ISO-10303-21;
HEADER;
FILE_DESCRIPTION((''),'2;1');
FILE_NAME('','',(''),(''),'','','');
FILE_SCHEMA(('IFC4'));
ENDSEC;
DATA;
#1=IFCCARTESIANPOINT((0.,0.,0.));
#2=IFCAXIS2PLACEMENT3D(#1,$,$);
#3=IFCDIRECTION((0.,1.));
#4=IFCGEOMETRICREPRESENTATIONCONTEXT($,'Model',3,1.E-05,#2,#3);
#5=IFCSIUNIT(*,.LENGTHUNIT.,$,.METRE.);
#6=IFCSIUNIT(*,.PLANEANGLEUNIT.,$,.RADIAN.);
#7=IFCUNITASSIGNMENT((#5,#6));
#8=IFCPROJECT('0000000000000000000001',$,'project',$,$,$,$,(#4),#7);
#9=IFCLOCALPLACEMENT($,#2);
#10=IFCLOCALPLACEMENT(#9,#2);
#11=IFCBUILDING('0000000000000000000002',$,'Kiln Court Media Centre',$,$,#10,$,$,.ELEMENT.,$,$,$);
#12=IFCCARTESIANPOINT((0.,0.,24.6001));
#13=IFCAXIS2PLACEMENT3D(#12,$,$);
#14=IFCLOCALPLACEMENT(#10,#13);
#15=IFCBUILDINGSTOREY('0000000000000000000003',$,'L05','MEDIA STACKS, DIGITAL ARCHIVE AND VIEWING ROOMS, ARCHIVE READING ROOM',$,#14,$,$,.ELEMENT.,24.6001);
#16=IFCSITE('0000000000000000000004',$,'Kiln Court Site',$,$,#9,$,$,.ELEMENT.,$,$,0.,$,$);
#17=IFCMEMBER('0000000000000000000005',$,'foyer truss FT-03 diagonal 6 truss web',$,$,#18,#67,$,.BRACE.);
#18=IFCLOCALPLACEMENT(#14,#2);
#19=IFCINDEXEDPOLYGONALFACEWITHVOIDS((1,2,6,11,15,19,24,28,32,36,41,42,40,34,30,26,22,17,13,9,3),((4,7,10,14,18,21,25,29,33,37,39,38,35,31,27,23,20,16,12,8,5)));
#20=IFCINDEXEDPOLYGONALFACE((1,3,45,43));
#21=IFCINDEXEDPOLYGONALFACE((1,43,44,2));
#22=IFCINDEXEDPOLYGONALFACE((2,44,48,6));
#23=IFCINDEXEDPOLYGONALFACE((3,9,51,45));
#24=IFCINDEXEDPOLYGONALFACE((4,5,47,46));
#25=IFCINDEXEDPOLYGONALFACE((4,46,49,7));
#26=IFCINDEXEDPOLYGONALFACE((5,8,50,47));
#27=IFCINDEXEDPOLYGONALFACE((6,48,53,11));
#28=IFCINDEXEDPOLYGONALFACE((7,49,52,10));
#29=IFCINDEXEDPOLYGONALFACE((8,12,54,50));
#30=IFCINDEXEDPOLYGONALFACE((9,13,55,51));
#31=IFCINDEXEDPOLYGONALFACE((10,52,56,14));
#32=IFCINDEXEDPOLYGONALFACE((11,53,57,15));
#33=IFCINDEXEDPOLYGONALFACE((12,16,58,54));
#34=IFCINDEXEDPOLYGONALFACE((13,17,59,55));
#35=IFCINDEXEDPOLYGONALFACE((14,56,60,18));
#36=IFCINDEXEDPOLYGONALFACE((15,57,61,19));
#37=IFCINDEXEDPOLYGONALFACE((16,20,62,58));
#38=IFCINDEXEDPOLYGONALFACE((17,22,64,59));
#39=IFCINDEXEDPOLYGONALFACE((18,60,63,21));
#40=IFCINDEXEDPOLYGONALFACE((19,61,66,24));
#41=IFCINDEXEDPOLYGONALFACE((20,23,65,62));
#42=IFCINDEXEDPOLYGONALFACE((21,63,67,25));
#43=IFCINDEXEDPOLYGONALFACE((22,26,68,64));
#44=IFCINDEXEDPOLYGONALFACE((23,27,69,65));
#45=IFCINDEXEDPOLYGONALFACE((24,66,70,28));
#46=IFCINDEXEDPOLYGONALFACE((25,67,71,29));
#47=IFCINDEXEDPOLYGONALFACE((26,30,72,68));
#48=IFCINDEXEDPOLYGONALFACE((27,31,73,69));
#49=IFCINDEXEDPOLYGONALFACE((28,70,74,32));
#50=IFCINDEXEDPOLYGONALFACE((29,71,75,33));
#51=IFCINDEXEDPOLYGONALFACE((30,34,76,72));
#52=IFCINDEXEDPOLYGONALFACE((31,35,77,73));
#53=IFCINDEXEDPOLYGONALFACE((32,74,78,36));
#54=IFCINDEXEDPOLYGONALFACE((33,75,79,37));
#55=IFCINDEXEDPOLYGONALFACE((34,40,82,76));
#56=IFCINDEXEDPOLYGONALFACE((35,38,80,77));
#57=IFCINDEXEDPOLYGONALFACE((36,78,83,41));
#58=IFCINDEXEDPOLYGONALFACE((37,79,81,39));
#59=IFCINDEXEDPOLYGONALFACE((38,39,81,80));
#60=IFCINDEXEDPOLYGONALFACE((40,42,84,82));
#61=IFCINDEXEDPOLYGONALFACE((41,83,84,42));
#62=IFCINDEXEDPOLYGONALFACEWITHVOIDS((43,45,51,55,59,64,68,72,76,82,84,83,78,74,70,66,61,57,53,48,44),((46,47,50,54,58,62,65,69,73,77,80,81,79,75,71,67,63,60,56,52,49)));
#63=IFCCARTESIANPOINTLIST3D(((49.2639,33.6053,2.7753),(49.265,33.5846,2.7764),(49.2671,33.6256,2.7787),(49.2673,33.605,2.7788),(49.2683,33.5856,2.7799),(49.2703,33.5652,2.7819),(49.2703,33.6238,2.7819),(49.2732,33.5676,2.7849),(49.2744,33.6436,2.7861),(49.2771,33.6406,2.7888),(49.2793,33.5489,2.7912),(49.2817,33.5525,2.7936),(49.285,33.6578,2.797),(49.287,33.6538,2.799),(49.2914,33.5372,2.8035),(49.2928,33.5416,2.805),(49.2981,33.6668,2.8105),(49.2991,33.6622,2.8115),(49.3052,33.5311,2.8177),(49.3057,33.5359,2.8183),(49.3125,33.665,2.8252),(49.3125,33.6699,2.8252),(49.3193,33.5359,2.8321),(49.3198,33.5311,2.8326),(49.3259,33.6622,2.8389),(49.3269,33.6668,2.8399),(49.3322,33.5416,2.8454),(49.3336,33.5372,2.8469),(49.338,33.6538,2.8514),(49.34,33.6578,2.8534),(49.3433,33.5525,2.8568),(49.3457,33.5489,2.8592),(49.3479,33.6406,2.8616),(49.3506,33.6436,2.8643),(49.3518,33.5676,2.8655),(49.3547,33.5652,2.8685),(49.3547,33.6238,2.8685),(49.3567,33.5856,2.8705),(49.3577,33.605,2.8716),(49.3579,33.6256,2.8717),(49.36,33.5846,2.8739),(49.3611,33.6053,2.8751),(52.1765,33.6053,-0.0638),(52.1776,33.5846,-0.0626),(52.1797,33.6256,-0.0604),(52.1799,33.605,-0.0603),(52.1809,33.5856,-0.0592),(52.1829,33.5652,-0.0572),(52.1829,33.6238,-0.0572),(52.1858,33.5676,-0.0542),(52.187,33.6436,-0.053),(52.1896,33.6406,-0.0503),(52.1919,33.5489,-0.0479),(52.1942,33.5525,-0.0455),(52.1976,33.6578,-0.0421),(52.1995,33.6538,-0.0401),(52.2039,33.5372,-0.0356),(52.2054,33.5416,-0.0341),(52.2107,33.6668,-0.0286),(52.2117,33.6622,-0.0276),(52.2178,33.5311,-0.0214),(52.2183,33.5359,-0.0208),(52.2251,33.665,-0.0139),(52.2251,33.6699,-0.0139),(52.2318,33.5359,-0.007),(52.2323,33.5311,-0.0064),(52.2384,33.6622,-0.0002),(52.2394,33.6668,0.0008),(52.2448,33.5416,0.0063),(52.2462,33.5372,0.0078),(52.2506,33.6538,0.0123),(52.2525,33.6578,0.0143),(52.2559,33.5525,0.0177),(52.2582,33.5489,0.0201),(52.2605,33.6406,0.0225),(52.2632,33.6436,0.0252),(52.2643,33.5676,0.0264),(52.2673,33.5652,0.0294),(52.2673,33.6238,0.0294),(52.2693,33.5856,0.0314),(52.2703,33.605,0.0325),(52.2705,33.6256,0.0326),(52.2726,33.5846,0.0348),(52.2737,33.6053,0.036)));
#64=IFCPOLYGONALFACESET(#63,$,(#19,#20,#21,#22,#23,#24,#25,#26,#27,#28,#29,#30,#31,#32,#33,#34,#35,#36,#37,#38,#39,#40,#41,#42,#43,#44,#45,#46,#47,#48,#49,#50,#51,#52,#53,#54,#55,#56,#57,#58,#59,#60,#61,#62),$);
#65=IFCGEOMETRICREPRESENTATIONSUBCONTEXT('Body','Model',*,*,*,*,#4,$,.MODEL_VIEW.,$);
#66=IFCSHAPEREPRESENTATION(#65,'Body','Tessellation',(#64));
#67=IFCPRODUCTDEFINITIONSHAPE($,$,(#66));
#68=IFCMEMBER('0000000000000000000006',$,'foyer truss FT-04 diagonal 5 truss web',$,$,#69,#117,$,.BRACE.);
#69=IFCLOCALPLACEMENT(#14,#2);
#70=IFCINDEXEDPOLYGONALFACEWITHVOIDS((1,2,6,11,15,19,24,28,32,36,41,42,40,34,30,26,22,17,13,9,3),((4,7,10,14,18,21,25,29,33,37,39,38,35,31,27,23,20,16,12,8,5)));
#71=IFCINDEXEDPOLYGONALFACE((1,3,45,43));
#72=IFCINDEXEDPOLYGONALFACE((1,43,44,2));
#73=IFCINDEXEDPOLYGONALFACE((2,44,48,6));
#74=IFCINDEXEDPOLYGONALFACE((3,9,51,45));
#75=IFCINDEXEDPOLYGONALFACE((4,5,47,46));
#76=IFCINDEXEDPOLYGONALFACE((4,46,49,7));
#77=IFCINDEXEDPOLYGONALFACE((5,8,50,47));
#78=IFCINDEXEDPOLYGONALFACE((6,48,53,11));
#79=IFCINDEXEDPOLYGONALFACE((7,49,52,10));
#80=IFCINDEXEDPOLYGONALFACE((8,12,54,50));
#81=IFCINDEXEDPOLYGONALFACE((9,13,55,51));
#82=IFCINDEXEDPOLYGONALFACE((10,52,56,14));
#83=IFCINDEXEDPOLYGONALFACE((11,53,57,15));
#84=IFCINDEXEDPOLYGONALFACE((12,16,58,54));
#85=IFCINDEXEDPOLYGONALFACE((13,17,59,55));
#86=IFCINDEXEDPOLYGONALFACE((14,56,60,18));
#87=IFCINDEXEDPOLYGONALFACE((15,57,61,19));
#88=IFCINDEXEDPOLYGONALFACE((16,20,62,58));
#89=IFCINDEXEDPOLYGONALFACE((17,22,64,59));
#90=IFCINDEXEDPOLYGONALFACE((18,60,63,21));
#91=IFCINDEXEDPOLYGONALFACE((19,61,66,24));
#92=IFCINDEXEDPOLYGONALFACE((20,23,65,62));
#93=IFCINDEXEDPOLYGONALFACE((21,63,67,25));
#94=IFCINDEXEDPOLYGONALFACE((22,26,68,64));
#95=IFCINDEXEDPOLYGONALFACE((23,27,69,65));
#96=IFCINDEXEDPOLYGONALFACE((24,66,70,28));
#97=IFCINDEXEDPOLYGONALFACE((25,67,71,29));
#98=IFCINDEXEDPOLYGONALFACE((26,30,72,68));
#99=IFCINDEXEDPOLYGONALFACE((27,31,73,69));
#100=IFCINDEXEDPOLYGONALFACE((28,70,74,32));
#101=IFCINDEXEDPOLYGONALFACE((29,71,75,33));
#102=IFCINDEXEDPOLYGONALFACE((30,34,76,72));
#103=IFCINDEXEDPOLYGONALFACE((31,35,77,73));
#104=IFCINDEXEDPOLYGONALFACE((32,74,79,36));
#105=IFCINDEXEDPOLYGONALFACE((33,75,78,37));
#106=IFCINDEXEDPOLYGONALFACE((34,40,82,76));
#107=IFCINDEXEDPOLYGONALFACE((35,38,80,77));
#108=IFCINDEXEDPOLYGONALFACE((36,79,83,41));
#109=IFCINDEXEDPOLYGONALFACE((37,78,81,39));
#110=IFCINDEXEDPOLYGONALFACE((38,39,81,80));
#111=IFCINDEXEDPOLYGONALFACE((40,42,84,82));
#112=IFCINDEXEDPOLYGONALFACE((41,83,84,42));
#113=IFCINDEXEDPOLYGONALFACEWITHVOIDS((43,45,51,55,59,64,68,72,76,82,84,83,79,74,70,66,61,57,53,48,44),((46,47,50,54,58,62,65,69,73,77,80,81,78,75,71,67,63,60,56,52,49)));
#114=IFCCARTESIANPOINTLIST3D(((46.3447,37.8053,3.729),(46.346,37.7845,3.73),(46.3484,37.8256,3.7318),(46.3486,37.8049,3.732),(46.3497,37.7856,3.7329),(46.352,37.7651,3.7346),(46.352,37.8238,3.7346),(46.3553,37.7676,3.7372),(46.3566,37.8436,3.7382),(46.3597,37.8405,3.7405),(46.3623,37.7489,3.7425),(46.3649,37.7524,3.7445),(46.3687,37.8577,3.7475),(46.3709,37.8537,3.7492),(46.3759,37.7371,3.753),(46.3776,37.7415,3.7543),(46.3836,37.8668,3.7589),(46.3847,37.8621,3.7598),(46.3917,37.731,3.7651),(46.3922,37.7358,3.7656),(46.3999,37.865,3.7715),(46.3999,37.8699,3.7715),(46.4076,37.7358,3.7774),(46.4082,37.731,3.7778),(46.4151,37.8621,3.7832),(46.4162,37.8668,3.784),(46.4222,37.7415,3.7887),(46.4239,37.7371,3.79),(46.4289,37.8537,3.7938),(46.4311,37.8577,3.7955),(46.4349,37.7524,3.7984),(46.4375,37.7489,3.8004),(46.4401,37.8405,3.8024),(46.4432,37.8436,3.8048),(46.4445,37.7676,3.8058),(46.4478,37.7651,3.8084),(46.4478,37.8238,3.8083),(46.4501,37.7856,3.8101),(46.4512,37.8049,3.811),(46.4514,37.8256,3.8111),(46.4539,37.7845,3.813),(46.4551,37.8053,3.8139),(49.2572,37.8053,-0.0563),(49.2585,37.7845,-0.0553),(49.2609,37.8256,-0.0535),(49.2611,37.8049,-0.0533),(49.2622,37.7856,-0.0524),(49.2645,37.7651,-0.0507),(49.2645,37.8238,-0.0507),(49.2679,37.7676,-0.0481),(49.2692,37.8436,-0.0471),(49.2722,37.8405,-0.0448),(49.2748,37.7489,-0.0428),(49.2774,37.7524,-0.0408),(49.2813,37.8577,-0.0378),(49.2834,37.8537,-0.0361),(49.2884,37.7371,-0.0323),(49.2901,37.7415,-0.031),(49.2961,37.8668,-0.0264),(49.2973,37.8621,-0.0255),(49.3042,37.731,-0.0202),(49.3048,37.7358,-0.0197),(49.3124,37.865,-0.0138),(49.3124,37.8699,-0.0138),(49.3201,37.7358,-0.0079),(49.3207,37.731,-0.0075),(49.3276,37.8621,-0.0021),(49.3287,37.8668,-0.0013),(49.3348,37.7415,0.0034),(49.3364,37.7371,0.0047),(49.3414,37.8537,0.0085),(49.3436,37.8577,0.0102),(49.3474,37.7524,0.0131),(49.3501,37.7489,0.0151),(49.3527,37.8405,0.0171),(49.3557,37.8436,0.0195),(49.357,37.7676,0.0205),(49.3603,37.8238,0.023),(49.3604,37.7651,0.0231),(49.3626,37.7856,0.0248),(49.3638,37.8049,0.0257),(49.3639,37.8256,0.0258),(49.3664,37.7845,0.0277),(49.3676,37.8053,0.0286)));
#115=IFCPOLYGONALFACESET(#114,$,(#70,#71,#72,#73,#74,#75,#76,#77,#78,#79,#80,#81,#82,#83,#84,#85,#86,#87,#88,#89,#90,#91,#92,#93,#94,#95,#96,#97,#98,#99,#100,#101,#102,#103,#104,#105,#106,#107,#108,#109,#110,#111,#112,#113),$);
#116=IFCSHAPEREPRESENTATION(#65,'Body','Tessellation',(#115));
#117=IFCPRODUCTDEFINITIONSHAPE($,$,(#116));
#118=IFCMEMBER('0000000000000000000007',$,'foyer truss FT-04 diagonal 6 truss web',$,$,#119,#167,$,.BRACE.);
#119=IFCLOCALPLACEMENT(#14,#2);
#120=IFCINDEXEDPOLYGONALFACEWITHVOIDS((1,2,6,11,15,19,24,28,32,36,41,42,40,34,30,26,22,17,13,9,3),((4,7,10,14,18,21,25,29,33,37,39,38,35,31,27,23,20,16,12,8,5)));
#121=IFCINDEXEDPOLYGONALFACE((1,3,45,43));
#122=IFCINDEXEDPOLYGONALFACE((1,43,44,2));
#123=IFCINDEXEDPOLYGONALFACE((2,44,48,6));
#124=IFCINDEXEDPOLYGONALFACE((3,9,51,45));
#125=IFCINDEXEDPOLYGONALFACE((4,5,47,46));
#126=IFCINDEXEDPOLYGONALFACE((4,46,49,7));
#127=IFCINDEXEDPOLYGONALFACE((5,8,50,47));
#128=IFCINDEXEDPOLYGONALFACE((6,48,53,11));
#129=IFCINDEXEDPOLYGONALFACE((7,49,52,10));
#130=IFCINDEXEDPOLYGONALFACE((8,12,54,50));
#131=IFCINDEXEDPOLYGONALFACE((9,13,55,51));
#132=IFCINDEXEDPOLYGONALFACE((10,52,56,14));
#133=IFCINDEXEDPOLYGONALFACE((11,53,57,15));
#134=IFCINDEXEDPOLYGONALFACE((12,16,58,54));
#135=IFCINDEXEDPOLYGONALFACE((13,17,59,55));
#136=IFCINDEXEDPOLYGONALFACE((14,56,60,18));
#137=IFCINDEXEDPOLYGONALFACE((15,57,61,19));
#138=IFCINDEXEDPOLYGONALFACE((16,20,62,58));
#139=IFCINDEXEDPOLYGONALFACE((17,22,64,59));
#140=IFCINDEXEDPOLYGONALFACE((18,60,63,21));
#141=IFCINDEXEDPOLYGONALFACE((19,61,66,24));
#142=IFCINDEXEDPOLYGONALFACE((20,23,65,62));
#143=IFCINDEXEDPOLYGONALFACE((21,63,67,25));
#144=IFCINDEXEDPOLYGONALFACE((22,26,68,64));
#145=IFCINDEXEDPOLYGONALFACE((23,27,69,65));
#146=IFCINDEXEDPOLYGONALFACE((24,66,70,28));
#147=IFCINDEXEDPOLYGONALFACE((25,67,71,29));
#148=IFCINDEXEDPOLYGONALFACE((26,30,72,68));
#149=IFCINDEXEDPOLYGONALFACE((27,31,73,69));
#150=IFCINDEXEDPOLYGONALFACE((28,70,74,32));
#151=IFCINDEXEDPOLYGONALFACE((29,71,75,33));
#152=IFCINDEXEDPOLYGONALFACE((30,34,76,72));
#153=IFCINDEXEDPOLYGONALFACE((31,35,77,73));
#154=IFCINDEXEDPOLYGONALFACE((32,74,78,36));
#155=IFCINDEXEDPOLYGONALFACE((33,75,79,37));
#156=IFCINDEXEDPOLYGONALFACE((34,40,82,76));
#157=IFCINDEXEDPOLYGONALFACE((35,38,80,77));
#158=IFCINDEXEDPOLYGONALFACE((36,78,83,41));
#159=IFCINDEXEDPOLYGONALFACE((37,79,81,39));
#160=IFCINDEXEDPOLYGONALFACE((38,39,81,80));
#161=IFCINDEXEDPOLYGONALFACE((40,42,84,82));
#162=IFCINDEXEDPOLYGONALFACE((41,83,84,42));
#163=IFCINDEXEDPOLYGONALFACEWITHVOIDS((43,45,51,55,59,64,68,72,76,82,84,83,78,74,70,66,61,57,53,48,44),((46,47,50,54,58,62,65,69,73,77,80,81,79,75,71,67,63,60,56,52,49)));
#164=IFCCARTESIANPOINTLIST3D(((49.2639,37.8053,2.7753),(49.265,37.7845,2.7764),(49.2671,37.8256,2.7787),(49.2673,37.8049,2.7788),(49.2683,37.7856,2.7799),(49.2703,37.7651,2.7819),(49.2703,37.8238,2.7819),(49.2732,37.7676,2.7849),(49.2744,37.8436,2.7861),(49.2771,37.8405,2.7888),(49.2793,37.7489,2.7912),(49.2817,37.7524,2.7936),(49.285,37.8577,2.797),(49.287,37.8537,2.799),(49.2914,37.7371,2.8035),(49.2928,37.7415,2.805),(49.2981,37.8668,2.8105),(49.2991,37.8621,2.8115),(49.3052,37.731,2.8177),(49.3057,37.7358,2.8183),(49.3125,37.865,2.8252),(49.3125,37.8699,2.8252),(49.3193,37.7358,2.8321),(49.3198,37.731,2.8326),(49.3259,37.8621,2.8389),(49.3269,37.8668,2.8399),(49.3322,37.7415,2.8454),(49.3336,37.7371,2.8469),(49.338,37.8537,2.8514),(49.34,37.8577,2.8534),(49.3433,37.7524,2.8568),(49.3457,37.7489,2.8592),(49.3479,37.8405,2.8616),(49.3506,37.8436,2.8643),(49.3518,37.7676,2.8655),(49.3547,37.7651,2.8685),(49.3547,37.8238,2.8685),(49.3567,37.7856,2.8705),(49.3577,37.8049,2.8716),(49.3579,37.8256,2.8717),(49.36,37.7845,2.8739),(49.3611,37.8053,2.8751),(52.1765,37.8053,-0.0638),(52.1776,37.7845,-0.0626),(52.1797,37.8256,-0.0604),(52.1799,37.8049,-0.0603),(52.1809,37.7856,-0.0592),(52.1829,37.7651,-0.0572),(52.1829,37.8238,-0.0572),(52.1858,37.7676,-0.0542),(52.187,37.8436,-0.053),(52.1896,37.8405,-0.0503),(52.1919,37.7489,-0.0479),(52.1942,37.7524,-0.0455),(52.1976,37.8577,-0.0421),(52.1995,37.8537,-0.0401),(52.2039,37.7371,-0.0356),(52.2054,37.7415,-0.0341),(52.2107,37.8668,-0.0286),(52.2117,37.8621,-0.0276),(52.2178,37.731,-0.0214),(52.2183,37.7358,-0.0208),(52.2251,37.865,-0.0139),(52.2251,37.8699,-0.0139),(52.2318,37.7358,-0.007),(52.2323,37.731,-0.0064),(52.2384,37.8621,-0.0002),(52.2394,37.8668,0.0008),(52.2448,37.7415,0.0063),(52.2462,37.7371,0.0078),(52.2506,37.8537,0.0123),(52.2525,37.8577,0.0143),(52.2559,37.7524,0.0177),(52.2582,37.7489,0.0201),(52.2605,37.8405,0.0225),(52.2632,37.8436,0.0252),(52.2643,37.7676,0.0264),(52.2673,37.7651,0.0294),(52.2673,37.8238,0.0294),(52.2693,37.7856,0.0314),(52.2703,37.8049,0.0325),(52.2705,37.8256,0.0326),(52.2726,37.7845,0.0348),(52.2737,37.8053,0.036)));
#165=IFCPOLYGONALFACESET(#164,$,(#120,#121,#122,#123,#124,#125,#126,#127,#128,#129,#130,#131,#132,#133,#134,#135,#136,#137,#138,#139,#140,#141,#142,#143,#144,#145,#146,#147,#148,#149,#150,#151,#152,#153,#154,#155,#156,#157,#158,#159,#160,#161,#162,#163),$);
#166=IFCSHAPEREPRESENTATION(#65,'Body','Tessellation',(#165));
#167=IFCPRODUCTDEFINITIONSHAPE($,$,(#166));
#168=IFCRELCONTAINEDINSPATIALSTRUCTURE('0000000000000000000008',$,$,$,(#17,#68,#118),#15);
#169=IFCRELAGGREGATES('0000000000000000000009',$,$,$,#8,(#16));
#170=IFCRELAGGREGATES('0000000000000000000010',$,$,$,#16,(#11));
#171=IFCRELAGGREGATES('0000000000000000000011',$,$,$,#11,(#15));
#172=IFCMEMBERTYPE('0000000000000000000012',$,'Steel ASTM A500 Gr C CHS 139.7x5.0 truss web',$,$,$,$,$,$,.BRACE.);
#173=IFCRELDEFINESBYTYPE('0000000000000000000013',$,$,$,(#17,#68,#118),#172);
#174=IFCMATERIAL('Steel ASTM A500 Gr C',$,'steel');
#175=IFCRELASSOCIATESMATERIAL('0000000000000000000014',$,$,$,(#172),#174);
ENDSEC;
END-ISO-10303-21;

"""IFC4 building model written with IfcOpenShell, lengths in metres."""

from ifc_helpers import new_model, si_unit, direction, frame, origin, origin_2d, place, context, subcontext, project, spatial, hollow_circle, extrude, material, material_profile, profile_set, type_object, element, save


model = new_model("IFC4")

# Units and contexts
model_context = context("Model", 3, precision=1e-05, world=origin(), true_north=direction((0.0, 1.0)))
body_context = subcontext(model_context, "Body", "Model", "MODEL_VIEW")
ifc_project = project(units=[si_unit("LENGTHUNIT", "METRE"), si_unit("PLANEANGLEUNIT", "RADIAN")], contexts=[model_context])

# Site, building, storey
site_placement = place(None, origin())
site = spatial("IfcSite", under=ifc_project, at=site_placement, Name="Kiln Court Site", CompositionType="ELEMENT", RefElevation=0.0)
building_placement = place(site_placement, origin())
building = spatial("IfcBuilding", under=site, at=building_placement, Name="Kiln Court Media Centre", CompositionType="ELEMENT")
storey_placement = place(building_placement, frame((0.0, 0.0, 24.6001)))
storey = spatial("IfcBuildingStorey", under=building, at=storey_placement, Name="L05", Description="MEDIA STACKS, DIGITAL ARCHIVE AND VIEWING ROOMS, ARCHIVE READING ROOM", CompositionType="ELEMENT", Elevation=24.6001)

# Members
ifc_material_1 = material(Name="Steel ASTM A500 Gr C", Category="steel")
ifc_material_profile_1 = material_profile(ifc_material_1, hollow_circle(Radius=0.0698, WallThickness=0.0049, at=origin_2d()), Name="CHS 139.7x5.0")
ifc_profile_set_1 = profile_set([ifc_material_profile_1], Name="Steel ASTM A500 Gr C")
member_type_1 = type_object("IfcMemberType", Name="Steel ASTM A500 Gr C CHS 139.7x5.0 truss web", PredefinedType="BRACE", material=ifc_profile_set_1)
member_1_placement = place(storey_placement, frame((49.3125, 33.6001, 2.8252), z_axis=(0.716083, 0.0, -0.698016), x_axis=(0.0, 1.0, 0.0)))
element("IfcMember", 1, at=member_1_placement, inside=storey, type_object=member_type_1, Name="foyer truss FT-03 diagonal 6 truss web", PredefinedType="BRACE", context=body_context, shape_type="SweptSolid", body=[
    extrude(hollow_circle(Radius=0.0698, WallThickness=0.0049, at=origin_2d()), origin(), (0.0, 0.0, 1.0), 4.0674),
])
member_2_placement = place(storey_placement, frame((46.3999, 37.8, 3.7715), z_axis=(0.60981, 0.0, -0.792548), x_axis=(0.0, 1.0, 0.0)))
element("IfcMember", 2, at=member_2_placement, inside=storey, type_object=member_type_1, Name="foyer truss FT-04 diagonal 5 truss web", PredefinedType="BRACE", context=body_context, shape_type="SweptSolid", body=[
    extrude(hollow_circle(Radius=0.0698, WallThickness=0.0049, at=origin_2d()), origin(), (0.0, 0.0, 1.0), 4.7761),
])
member_3_placement = place(storey_placement, frame((49.3125, 37.8, 2.8252), z_axis=(0.716083, 0.0, -0.698016), x_axis=(0.0, 1.0, 0.0)))
element("IfcMember", 3, at=member_3_placement, inside=storey, type_object=member_type_1, Name="foyer truss FT-04 diagonal 6 truss web", PredefinedType="BRACE", context=body_context, shape_type="SweptSolid", body=[
    extrude(hollow_circle(Radius=0.0698, WallThickness=0.0049, at=origin_2d()), origin(), (0.0, 0.0, 1.0), 4.0674),
])

save(model, "model.ifc")
